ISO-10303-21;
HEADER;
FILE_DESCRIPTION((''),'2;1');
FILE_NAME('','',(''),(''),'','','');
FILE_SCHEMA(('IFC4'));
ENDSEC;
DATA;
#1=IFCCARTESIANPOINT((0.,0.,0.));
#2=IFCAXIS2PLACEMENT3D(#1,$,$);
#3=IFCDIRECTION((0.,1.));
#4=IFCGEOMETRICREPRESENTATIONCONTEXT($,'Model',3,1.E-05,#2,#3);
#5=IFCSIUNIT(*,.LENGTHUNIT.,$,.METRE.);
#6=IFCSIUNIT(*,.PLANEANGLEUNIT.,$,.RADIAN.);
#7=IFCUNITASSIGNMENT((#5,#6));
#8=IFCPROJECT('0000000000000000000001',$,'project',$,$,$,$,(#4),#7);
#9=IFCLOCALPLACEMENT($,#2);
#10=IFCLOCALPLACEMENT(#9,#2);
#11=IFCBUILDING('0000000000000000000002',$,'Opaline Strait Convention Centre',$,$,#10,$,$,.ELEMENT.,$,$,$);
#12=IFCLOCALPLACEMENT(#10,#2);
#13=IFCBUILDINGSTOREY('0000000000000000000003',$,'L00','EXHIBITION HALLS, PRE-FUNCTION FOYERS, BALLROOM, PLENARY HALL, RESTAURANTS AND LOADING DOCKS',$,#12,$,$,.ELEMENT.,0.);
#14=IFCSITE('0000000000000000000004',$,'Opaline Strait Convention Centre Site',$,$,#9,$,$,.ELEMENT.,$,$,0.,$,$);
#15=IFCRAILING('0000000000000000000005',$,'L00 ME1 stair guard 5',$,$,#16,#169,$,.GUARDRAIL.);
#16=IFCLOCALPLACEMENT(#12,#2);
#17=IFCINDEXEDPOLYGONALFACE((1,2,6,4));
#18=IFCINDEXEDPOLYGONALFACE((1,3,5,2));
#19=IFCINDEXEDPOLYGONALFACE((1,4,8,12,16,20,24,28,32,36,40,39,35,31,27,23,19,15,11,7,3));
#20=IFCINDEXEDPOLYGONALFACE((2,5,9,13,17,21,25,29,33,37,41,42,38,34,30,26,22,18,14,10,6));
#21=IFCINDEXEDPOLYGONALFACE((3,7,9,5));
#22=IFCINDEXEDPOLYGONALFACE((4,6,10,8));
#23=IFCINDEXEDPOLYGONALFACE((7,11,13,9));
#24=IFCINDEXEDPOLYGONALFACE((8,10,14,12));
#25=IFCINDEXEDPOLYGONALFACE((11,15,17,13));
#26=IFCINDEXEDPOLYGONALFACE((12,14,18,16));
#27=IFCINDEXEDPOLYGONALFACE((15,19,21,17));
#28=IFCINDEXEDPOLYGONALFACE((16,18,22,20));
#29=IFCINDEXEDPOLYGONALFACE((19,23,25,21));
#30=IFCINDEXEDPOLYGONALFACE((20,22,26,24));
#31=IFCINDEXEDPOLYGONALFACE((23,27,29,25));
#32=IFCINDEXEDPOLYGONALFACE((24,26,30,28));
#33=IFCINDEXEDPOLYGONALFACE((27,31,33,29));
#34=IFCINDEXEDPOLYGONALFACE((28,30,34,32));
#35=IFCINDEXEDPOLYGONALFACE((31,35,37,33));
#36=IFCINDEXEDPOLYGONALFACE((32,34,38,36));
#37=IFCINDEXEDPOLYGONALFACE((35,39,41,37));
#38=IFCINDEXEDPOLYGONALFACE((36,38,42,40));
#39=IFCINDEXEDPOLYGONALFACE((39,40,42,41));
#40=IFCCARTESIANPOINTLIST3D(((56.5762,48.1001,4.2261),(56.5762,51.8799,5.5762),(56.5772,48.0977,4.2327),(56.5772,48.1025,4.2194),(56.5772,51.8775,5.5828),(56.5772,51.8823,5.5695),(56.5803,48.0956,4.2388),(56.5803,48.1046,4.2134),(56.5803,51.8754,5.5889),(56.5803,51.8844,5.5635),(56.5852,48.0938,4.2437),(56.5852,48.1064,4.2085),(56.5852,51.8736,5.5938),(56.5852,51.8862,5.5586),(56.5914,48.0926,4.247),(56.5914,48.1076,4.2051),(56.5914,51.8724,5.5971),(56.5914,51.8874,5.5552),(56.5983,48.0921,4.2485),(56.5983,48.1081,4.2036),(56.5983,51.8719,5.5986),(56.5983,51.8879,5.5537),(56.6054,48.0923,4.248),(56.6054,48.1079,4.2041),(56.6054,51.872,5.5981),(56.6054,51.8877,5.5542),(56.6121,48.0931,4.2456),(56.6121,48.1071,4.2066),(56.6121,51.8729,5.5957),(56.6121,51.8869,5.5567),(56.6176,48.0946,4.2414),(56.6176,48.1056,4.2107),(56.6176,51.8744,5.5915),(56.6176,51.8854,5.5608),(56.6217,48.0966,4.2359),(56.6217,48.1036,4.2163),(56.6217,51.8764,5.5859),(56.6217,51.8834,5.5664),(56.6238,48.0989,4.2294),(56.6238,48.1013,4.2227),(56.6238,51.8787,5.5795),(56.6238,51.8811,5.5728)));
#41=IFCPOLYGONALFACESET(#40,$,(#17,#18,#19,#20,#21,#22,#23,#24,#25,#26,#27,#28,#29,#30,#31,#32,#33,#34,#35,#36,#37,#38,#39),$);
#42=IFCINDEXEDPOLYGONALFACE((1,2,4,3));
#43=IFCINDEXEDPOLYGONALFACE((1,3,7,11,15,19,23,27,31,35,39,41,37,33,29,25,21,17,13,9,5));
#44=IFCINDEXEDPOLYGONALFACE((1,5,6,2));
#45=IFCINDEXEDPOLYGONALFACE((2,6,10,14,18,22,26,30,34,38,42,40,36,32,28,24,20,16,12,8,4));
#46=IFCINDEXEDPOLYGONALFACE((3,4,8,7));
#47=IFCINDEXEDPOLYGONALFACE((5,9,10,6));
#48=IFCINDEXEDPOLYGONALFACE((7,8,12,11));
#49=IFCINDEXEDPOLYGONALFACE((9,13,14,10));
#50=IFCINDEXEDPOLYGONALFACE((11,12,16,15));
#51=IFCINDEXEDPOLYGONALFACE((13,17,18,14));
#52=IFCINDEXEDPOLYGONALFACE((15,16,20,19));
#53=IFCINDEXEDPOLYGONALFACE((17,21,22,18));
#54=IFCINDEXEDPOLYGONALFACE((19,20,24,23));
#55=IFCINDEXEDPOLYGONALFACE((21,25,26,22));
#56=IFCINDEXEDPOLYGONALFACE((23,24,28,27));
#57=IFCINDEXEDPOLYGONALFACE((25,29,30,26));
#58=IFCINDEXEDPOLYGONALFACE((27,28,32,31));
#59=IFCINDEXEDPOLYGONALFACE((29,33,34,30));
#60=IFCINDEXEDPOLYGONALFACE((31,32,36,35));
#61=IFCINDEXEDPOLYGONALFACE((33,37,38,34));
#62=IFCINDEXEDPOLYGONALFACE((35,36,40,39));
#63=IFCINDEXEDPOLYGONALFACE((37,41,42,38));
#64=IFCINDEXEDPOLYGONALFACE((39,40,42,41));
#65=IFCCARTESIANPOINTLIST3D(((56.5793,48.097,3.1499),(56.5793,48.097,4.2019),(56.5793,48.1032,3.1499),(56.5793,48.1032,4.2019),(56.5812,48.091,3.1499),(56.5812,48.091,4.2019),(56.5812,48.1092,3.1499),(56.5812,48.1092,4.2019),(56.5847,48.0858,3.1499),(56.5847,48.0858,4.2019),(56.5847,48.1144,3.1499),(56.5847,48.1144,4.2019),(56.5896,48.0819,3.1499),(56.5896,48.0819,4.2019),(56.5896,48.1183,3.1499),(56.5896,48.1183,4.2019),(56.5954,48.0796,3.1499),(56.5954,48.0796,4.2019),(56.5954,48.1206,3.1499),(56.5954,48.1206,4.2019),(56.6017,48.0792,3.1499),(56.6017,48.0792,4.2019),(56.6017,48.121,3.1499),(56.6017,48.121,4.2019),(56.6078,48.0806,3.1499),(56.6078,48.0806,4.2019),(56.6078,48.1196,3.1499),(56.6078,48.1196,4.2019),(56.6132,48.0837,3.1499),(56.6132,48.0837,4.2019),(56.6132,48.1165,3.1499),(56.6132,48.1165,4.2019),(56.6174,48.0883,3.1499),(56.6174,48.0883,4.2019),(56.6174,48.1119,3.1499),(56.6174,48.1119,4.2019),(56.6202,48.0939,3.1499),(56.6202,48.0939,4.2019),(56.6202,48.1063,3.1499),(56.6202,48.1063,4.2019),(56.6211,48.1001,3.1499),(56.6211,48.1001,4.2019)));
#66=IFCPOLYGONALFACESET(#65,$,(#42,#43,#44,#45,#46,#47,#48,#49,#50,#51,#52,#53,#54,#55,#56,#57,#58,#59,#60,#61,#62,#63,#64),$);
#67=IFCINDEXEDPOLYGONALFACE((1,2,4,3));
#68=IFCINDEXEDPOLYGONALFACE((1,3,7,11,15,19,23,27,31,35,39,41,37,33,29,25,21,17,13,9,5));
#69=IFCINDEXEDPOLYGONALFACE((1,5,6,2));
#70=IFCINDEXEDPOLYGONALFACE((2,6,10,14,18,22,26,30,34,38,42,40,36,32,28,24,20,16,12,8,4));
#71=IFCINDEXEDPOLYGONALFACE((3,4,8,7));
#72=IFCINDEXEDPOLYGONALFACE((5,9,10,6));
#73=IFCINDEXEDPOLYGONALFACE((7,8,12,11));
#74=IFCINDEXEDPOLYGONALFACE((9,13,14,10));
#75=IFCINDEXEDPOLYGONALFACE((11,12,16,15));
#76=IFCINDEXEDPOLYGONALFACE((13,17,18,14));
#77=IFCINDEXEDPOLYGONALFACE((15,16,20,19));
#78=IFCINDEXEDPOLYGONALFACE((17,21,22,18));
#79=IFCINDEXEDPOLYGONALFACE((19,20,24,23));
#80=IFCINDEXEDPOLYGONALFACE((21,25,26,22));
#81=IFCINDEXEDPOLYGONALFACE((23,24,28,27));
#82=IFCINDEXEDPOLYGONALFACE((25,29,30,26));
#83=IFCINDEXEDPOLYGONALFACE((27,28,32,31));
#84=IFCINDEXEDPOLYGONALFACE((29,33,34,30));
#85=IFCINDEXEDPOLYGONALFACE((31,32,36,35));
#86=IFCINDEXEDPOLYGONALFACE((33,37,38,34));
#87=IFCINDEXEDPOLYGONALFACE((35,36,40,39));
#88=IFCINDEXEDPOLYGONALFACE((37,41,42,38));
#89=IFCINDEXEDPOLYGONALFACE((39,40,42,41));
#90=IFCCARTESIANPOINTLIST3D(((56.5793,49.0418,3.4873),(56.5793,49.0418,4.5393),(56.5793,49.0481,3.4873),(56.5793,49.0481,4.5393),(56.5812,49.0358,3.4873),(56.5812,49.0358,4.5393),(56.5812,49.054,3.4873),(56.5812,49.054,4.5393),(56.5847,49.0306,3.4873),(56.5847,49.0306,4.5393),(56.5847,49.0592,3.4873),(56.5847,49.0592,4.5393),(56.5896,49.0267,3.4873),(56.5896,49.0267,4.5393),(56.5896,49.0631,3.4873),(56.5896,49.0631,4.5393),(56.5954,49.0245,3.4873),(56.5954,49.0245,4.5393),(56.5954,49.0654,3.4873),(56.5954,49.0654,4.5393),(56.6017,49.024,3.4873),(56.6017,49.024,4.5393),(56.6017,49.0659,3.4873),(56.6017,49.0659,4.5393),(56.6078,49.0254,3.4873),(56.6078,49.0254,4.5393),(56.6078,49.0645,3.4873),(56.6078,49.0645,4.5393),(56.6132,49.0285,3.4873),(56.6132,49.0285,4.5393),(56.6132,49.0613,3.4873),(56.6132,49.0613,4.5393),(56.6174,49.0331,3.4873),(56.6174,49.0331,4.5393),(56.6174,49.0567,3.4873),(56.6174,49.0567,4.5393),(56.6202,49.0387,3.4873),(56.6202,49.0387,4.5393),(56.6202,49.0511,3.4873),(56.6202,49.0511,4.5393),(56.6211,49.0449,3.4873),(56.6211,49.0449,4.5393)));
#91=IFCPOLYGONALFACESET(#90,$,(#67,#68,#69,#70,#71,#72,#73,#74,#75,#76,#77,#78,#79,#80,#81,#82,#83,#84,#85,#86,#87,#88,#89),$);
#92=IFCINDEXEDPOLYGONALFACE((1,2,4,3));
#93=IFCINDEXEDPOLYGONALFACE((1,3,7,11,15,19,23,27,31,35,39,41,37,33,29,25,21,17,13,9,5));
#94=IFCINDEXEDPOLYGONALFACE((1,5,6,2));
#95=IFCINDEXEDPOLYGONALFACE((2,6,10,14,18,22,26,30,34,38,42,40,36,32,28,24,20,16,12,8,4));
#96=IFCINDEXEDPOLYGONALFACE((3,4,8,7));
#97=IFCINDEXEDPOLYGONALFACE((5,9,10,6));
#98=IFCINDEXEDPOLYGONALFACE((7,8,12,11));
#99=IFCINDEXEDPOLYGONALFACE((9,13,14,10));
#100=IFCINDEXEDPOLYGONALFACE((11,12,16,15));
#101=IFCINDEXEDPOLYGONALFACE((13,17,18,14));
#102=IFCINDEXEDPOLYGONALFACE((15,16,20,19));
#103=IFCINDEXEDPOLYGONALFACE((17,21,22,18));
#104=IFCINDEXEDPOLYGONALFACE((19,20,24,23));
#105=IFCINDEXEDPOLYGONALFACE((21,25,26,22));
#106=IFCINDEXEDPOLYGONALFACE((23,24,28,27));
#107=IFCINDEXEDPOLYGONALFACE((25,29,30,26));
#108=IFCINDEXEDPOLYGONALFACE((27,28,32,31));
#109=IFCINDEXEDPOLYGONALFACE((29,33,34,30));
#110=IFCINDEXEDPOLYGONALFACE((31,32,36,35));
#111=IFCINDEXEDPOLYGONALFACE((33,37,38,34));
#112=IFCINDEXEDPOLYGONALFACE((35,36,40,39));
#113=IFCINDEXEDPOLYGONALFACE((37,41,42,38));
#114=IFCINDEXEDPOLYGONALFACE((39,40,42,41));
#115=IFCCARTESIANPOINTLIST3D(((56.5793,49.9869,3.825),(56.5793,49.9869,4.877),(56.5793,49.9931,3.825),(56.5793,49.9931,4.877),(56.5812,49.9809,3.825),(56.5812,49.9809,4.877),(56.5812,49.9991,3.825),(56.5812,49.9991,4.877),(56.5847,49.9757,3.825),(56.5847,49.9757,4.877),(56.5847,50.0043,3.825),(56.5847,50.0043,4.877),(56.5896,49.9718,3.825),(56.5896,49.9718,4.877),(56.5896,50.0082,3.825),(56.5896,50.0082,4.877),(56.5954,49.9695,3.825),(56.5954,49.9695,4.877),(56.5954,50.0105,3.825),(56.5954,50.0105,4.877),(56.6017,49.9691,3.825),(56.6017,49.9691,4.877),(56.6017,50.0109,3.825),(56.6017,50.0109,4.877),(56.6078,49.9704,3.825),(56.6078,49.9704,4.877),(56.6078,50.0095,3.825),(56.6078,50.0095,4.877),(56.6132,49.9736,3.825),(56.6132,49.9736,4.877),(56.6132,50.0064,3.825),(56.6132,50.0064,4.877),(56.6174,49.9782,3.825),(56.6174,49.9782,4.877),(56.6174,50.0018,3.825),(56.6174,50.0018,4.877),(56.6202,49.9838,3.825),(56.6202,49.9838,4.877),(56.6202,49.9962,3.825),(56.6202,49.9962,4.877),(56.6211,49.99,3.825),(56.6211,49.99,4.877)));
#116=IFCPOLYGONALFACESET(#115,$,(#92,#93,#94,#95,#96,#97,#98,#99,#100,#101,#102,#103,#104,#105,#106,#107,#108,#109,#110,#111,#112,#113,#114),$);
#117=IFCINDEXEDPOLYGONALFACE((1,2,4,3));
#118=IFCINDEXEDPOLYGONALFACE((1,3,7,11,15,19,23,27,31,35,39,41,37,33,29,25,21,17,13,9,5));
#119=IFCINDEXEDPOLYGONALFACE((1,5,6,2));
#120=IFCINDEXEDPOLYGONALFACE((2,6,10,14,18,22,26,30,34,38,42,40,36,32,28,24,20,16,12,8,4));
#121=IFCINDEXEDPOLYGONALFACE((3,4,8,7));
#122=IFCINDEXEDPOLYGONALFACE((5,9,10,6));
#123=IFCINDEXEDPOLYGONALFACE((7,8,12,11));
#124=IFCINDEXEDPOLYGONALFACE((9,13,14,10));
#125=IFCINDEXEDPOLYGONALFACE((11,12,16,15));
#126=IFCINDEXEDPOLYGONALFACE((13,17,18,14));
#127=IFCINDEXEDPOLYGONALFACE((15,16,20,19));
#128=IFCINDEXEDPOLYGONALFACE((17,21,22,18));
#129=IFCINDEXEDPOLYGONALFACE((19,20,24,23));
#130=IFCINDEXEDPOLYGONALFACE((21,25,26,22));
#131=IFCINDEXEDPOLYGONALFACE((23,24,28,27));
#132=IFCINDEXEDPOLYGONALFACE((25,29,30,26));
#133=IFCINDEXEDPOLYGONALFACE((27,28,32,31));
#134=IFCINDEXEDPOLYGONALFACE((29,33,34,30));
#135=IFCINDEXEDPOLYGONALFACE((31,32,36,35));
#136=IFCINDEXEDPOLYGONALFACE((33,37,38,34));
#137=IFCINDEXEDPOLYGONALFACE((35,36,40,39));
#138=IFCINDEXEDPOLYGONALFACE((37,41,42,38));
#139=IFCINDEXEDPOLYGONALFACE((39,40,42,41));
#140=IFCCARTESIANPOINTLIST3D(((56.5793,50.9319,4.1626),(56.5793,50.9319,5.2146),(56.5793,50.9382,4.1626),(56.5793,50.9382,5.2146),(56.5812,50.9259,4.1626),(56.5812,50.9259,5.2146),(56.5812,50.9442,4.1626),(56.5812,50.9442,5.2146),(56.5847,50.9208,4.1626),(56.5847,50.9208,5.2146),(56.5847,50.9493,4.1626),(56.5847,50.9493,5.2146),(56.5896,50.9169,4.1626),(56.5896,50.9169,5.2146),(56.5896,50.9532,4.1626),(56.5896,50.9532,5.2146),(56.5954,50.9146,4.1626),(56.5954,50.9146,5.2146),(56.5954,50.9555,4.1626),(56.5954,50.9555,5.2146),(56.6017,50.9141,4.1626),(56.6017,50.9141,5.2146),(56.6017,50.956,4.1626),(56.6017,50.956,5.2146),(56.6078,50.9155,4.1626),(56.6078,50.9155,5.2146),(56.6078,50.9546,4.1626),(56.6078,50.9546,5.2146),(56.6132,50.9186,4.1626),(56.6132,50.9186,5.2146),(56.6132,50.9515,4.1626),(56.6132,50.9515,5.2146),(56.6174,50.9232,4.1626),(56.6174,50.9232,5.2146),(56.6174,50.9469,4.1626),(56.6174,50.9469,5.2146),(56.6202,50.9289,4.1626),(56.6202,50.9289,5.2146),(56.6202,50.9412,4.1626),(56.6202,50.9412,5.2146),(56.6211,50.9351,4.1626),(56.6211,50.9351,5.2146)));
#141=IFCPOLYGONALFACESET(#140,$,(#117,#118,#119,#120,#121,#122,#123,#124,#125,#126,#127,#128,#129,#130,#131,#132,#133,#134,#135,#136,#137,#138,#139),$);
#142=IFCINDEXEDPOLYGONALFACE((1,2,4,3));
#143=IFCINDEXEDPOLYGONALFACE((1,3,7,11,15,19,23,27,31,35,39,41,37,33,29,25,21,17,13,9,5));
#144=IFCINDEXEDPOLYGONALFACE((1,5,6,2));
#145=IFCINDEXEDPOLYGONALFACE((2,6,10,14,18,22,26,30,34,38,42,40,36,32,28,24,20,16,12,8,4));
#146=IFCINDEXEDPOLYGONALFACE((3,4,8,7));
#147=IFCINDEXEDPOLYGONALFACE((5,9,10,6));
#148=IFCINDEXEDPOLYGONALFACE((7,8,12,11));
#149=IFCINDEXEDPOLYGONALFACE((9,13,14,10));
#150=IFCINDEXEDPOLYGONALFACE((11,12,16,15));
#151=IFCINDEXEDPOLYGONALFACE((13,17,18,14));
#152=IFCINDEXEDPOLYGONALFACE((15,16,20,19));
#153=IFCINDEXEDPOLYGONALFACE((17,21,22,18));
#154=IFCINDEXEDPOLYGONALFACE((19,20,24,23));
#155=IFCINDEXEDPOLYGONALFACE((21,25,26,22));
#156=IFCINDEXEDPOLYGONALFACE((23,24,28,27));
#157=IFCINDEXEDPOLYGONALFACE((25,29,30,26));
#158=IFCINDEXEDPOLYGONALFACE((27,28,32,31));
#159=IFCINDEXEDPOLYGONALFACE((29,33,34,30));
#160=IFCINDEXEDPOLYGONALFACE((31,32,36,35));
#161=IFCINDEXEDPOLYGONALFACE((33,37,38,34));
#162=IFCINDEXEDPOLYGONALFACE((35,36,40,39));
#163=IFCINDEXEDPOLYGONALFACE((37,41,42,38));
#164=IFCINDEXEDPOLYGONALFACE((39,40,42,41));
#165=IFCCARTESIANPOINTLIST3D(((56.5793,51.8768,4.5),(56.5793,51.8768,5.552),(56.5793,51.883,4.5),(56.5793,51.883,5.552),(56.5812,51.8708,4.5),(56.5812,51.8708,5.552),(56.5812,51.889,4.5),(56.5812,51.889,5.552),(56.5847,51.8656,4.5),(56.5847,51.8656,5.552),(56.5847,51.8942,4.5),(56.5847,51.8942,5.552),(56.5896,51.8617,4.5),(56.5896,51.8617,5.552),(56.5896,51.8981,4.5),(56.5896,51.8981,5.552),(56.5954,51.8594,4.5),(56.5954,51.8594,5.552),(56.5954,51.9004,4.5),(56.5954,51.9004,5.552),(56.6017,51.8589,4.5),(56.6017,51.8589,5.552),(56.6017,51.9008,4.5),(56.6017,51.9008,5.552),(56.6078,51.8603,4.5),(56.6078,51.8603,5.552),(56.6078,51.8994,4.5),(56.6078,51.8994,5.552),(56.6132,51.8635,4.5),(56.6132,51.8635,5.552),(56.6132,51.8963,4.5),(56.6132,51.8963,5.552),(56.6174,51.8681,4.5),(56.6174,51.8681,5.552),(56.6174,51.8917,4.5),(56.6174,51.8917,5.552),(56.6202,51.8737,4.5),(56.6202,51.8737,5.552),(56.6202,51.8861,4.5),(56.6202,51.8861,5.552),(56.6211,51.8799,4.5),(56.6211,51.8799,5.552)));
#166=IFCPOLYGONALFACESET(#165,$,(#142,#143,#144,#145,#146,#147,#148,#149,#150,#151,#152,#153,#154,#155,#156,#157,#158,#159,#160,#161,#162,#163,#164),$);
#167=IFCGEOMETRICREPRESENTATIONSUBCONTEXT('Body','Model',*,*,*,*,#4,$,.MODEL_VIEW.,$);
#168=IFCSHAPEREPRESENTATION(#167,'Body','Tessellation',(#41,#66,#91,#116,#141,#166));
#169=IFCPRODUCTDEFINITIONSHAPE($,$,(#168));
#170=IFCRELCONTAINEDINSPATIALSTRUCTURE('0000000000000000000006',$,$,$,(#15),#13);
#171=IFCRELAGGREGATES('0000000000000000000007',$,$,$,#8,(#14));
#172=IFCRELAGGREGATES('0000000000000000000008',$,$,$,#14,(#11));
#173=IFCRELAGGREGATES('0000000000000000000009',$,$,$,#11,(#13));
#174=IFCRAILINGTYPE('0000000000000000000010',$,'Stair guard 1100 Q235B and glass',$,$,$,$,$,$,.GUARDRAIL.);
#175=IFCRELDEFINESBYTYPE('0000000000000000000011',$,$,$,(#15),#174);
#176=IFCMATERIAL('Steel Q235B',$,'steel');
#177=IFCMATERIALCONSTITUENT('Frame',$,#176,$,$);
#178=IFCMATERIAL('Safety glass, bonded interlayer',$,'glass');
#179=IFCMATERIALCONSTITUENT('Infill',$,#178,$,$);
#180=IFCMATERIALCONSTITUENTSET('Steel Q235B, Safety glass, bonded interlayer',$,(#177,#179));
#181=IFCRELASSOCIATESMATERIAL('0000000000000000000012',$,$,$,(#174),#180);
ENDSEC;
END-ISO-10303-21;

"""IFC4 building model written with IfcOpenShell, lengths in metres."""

from ifc_helpers import new_model, si_unit, direction, frame, origin, origin_2d, place, context, subcontext, project, spatial, circle, extrude, material, constituent, constituent_set, type_object, element, save


model = new_model("IFC4")

# Units and contexts
model_context = context("Model", 3, precision=1e-05, world=origin(), true_north=direction((0.0, 1.0)))
body_context = subcontext(model_context, "Body", "Model", "MODEL_VIEW")
ifc_project = project(units=[si_unit("LENGTHUNIT", "METRE"), si_unit("PLANEANGLEUNIT", "RADIAN")], contexts=[model_context])

# Site, building, storey
site_placement = place(None, origin())
site = spatial("IfcSite", under=ifc_project, at=site_placement, Name="Opaline Strait Convention Centre Site", CompositionType="ELEMENT", RefElevation=0.0)
building_placement = place(site_placement, origin())
building = spatial("IfcBuilding", under=site, at=building_placement, Name="Opaline Strait Convention Centre", CompositionType="ELEMENT")
storey_placement = place(building_placement, origin())
storey = spatial("IfcBuildingStorey", under=building, at=storey_placement, Name="L00", Description="EXHIBITION HALLS, PRE-FUNCTION FOYERS, BALLROOM, PLENARY HALL, RESTAURANTS AND LOADING DOCKS", CompositionType="ELEMENT", Elevation=0.0)

# Railing
ifc_material_1 = material(Name="Steel Q235B", Category="steel")
ifc_constituent_1 = constituent(ifc_material_1, Name="Frame")
ifc_material_2 = material(Name="Safety glass, bonded interlayer", Category="glass")
ifc_constituent_2 = constituent(ifc_material_2, Name="Infill")
ifc_constituent_set = constituent_set(constituents=[ifc_constituent_1, ifc_constituent_2], Name="Steel Q235B, Safety glass, bonded interlayer")
railing_type_1 = type_object("IfcRailingType", Name="Stair guard 1100 Q235B and glass", PredefinedType="GUARDRAIL", material=ifc_constituent_set)
railing_1_placement = place(storey_placement, frame((56.6001, 48.1001, 3.1499)))
element("IfcRailing", 1, at=railing_1_placement, inside=storey, type_object=railing_type_1, Name="L00 ME1 stair guard 5", PredefinedType="GUARDRAIL", context=body_context, shape_type="SweptSolid", body=[
    extrude(circle(Radius=0.0239, at=origin_2d()), frame((0.0, 0.0, 1.0762), z_axis=(0.0, 0.941728, 0.336375), x_axis=(-1.0, 0.0, 0.0)), (0.0, 0.0, 1.0), 4.0137),
    extrude(circle(Radius=0.021, at=origin_2d()), origin(), (0.0, 0.0, 1.0), 1.052),
    extrude(circle(Radius=0.021, at=origin_2d()), frame((0.0, 0.9448, 0.3374)), (0.0, 0.0, 1.0), 1.052),
    extrude(circle(Radius=0.021, at=origin_2d()), frame((0.0, 1.8899, 0.675)), (0.0, 0.0, 1.0), 1.052),
    extrude(circle(Radius=0.021, at=origin_2d()), frame((0.0, 2.835, 1.0127)), (0.0, 0.0, 1.0), 1.052),
    extrude(circle(Radius=0.021, at=origin_2d()), frame((0.0, 3.7798, 1.3501)), (0.0, 0.0, 1.0), 1.052),
])

save(model, "model.ifc")
